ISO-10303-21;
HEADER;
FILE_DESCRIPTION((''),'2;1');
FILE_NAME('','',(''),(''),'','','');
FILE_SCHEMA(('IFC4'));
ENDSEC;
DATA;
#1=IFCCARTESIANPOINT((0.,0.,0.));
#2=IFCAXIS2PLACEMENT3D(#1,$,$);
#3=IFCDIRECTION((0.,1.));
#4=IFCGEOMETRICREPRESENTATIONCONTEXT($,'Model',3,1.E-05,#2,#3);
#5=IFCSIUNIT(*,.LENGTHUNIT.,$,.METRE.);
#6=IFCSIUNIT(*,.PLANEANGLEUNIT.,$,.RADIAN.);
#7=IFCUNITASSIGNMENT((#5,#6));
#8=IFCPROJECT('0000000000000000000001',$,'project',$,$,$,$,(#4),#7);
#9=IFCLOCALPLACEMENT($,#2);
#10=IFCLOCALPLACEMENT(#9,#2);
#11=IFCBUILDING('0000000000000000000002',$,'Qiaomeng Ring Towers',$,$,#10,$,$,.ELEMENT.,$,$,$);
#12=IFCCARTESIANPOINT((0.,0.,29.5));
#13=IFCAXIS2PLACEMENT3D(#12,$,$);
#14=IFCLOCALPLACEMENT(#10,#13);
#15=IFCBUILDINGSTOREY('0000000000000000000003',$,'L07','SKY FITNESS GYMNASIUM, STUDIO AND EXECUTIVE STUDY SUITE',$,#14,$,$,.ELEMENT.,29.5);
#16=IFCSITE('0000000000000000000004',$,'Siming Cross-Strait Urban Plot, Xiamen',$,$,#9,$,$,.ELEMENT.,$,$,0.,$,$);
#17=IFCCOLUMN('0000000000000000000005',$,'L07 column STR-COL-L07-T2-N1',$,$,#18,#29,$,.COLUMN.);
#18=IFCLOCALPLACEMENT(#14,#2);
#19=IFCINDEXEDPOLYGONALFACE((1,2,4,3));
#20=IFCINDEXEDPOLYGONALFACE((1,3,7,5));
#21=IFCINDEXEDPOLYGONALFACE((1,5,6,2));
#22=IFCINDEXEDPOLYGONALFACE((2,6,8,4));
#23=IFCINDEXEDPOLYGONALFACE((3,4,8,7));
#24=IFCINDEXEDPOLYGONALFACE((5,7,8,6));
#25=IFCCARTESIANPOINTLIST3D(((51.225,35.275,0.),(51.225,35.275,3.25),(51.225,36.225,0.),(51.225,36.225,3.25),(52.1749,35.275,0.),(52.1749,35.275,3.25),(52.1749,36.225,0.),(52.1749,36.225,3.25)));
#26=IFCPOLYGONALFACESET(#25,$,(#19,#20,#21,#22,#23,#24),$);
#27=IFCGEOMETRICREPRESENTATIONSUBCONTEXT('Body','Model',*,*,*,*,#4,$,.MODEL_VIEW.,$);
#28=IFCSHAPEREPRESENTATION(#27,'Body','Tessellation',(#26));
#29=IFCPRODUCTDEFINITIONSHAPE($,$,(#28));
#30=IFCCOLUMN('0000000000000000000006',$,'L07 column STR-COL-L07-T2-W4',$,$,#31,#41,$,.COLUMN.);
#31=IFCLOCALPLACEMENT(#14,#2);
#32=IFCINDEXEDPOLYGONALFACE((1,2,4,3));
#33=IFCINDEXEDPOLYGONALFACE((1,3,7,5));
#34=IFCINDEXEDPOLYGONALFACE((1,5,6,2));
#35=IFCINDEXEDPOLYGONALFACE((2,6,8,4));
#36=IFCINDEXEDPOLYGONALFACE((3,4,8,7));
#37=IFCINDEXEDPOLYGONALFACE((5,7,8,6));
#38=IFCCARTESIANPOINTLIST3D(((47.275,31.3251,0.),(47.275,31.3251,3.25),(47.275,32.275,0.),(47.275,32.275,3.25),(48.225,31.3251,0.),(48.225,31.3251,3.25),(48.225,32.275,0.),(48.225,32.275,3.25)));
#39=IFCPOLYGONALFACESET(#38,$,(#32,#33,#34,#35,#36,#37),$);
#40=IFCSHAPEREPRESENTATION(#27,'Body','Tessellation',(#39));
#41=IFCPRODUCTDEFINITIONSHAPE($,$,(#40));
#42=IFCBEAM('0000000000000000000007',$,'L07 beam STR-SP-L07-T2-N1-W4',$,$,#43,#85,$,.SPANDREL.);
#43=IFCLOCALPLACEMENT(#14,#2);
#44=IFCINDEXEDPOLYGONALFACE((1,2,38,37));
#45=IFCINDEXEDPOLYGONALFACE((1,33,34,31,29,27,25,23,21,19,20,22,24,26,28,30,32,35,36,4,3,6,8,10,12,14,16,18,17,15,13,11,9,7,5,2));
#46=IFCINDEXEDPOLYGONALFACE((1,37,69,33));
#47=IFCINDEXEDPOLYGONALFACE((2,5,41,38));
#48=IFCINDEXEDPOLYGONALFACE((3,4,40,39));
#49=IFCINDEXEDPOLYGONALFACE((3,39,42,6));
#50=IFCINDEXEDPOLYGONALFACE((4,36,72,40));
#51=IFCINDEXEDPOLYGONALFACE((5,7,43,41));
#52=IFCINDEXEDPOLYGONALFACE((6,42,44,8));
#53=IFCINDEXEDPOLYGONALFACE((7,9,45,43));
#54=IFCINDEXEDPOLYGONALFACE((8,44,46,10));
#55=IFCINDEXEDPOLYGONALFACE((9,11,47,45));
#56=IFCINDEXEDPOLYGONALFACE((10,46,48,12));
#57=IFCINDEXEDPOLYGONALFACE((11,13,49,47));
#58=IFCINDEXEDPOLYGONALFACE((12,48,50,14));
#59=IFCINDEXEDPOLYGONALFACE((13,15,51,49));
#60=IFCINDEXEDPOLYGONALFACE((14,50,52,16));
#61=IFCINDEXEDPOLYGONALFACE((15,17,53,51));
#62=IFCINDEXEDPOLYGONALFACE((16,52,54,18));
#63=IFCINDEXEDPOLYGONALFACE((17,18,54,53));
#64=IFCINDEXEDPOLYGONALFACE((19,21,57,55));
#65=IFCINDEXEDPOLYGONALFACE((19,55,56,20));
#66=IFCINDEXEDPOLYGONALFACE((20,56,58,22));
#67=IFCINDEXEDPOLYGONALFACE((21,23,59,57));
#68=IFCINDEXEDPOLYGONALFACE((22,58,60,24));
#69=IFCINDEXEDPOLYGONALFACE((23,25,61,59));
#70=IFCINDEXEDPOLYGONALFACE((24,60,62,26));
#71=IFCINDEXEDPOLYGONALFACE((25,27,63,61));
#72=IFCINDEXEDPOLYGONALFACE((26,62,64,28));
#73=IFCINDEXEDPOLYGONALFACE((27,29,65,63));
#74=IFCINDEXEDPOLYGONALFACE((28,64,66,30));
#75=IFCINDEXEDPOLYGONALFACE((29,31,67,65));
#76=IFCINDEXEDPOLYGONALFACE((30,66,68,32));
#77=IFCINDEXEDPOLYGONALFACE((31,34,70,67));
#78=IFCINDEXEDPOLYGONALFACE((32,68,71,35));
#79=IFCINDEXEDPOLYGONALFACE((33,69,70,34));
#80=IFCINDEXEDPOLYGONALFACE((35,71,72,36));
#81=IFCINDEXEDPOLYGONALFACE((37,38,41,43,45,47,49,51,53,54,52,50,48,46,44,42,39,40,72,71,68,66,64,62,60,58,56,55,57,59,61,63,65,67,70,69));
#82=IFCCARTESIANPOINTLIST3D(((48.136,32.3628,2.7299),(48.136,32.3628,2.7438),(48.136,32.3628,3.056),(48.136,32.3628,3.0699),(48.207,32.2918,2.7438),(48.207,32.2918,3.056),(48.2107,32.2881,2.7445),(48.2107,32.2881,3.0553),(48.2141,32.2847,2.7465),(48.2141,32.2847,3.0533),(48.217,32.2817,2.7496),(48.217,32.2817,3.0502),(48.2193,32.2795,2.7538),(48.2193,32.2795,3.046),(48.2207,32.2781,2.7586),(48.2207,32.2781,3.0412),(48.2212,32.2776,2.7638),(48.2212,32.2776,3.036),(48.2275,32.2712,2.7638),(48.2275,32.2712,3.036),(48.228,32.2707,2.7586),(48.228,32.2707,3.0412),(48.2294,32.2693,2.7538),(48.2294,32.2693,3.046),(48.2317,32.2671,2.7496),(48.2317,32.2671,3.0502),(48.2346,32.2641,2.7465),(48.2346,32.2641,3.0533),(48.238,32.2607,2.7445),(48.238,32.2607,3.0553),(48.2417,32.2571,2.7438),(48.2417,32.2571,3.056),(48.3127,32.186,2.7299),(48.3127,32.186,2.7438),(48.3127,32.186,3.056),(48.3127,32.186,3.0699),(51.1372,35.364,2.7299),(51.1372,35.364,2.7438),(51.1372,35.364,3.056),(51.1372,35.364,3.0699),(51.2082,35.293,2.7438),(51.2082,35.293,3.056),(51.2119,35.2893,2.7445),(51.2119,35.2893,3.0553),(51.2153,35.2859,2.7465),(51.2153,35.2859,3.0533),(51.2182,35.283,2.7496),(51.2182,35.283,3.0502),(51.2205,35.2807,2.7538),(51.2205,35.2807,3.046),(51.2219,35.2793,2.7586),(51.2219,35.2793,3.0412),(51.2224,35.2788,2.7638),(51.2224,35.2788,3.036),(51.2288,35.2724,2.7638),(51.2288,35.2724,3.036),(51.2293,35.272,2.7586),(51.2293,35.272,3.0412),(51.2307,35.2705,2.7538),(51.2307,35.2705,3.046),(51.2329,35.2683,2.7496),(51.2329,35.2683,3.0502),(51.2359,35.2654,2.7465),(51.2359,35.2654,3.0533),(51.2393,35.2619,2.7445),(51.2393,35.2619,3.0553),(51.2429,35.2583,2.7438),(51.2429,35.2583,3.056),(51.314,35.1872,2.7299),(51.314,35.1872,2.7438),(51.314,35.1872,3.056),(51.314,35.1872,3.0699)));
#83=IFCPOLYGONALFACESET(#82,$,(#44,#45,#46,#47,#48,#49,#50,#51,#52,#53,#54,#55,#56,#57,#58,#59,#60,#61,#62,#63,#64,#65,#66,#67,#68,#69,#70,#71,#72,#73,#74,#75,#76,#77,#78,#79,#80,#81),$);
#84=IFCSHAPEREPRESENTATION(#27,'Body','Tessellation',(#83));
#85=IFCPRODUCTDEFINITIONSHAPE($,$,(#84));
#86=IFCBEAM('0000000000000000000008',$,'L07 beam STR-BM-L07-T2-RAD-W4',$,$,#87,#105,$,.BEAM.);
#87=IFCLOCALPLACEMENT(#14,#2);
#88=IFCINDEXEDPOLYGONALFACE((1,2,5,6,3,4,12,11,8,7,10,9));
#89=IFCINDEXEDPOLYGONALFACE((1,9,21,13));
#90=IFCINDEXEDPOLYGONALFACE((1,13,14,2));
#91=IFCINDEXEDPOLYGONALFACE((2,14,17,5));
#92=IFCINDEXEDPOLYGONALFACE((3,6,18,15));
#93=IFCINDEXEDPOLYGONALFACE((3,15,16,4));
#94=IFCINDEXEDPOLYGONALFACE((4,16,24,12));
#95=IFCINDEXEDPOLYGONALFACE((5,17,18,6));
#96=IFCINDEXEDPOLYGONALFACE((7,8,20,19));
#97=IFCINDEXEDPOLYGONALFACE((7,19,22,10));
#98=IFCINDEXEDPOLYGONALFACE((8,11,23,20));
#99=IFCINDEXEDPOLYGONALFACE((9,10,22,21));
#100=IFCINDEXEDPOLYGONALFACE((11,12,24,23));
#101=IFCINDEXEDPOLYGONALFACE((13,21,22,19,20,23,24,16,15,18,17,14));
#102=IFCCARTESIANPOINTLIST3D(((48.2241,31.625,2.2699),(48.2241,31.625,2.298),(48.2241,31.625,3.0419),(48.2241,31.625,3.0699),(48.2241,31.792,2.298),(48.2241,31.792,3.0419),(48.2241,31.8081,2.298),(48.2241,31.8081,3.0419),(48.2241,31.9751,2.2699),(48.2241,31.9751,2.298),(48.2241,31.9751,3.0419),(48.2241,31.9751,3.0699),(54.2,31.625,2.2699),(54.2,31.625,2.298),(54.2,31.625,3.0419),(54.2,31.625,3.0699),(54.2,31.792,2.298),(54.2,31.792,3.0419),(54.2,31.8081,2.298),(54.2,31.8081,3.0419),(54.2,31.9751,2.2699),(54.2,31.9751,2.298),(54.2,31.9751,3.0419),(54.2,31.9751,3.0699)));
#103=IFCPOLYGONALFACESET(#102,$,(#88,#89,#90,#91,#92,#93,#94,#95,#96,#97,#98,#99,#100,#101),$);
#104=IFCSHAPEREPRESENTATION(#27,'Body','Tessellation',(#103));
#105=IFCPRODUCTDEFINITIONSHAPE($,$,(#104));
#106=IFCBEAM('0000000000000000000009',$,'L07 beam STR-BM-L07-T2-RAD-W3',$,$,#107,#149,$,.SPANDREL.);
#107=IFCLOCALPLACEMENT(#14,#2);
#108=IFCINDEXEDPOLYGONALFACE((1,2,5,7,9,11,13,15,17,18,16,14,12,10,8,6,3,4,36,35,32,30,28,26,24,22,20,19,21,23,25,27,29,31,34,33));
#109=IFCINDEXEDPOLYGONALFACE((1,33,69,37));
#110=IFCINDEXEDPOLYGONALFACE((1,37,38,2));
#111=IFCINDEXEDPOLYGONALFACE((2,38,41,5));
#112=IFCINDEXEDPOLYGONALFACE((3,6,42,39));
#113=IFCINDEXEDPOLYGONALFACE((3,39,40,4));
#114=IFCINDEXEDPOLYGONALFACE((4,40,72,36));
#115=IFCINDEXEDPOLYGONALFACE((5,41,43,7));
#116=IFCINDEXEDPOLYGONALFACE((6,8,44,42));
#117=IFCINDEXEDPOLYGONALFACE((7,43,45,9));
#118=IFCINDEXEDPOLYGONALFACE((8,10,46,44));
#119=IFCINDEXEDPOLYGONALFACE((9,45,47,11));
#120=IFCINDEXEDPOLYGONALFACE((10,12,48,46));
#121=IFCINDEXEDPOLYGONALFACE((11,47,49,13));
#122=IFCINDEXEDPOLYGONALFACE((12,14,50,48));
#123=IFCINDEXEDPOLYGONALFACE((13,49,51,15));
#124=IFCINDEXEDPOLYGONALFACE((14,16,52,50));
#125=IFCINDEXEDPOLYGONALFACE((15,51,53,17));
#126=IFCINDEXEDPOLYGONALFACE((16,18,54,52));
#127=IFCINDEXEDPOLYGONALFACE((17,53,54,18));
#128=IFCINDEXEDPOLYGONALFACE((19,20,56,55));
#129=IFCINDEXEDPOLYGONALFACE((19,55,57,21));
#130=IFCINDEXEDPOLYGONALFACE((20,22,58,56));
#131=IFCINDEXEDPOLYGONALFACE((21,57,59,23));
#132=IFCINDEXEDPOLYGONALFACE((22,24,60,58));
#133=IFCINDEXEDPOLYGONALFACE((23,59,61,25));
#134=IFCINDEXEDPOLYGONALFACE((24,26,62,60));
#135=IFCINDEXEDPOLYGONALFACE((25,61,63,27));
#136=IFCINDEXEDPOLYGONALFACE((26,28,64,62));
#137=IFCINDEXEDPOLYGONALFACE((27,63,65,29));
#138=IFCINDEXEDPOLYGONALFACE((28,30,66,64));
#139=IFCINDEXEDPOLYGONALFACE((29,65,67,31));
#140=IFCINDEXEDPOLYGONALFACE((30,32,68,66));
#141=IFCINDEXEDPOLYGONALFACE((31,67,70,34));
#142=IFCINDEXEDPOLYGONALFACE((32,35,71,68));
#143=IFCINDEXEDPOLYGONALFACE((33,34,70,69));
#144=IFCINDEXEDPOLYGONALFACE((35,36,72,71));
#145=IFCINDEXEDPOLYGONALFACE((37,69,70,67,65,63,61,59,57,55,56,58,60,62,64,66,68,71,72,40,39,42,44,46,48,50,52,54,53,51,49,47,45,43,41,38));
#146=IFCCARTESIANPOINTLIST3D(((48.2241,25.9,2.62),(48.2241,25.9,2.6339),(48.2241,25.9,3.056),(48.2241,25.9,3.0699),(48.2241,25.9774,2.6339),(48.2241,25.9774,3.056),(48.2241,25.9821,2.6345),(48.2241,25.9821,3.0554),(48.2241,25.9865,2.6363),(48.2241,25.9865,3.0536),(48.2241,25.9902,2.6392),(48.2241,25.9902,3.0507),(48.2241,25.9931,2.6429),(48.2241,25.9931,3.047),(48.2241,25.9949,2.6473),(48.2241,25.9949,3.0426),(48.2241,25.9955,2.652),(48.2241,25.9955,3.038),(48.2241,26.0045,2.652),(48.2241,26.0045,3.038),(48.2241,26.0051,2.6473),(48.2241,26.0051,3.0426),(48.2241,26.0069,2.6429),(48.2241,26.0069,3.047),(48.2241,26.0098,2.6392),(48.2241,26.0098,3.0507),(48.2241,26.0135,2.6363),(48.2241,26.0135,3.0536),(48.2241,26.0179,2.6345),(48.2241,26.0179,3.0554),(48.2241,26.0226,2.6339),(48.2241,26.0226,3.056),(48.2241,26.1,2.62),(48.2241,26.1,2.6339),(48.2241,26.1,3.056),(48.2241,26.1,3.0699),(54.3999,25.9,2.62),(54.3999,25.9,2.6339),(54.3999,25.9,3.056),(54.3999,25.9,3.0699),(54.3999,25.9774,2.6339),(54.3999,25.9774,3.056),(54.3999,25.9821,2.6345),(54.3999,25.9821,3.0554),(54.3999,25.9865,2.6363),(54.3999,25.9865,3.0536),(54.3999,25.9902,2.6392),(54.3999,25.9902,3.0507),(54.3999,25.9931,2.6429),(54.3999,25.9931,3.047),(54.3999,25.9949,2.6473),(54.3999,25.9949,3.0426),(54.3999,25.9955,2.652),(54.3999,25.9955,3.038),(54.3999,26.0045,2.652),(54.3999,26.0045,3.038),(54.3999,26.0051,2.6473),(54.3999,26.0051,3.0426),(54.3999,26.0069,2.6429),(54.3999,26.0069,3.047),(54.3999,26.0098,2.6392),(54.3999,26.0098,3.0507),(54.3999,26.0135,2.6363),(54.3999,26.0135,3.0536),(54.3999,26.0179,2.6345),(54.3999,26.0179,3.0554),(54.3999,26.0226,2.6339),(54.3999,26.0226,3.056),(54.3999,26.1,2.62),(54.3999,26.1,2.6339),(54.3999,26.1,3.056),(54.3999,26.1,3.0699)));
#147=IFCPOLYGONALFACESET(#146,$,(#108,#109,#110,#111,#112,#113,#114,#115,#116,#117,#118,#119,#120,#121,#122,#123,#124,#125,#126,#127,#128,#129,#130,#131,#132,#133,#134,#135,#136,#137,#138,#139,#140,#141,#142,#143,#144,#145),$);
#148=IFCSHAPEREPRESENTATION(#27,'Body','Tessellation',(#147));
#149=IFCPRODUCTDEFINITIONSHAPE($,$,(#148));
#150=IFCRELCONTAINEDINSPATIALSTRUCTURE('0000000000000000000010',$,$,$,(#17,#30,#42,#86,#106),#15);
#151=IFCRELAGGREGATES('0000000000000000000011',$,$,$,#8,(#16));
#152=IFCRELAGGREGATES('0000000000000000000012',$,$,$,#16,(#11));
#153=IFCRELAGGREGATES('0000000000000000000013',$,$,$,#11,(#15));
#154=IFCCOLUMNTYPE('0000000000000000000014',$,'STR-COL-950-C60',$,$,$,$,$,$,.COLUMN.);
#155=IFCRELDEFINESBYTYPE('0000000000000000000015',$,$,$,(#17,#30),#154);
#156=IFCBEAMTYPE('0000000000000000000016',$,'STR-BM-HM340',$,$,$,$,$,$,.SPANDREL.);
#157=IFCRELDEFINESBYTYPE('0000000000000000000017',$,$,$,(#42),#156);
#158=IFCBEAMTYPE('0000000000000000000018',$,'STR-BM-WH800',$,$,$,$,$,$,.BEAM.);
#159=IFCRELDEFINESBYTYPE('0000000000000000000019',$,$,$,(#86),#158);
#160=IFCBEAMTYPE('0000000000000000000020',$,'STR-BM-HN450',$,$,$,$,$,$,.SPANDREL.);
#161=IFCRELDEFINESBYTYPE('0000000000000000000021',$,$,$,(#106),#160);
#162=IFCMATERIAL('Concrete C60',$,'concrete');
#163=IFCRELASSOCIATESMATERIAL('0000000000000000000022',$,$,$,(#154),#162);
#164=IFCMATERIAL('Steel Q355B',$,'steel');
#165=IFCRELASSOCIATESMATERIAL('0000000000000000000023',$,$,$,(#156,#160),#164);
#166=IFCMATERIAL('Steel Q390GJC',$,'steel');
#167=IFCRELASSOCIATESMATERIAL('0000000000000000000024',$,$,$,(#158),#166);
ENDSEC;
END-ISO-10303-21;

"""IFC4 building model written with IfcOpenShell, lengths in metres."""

from ifc_helpers import new_model, si_unit, direction, frame, origin, origin_2d, place, context, subcontext, project, spatial, rectangle, i_section, extrude, source, transform, mapped, material, material_profile, profile_set, type_object, element, save


model = new_model("IFC4")

# Units and contexts
model_context = context("Model", 3, precision=1e-05, world=origin(), true_north=direction((0.0, 1.0)))
body_context = subcontext(model_context, "Body", "Model", "MODEL_VIEW")
ifc_project = project(units=[si_unit("LENGTHUNIT", "METRE"), si_unit("PLANEANGLEUNIT", "RADIAN")], contexts=[model_context])

# Site, building, storey
site_placement = place(None, origin())
site = spatial("IfcSite", under=ifc_project, at=site_placement, Name="Siming Cross-Strait Urban Plot, Xiamen", CompositionType="ELEMENT", RefElevation=0.0)
building_placement = place(site_placement, origin())
building = spatial("IfcBuilding", under=site, at=building_placement, Name="Qiaomeng Ring Towers", CompositionType="ELEMENT")
storey_placement = place(building_placement, frame((0.0, 0.0, 29.5)))
storey = spatial("IfcBuildingStorey", under=building, at=storey_placement, Name="L07", Description="SKY FITNESS GYMNASIUM, STUDIO AND EXECUTIVE STUDY SUITE", CompositionType="ELEMENT", Elevation=29.5)

# Columns
ifc_material_1 = material(Name="Concrete C60", Category="concrete")
ifc_material_profile_1 = material_profile(ifc_material_1, rectangle(XDim=0.95, YDim=0.95, at=origin_2d()), Name="RC COL 950x950")
ifc_profile_set_1 = profile_set([ifc_material_profile_1], Name="Concrete C60")
column_type = type_object("IfcColumnType", Name="STR-COL-950-C60", PredefinedType="COLUMN", material=ifc_profile_set_1)
shared_shape_1 = source(origin(), body_context, "Body", "SweptSolid", [
    extrude(rectangle(XDim=0.95, YDim=0.95, at=origin_2d()), origin(), (0.0, 0.0, 1.0), 3.25),
])
for number, where, z_axis, x_axis, name in (
    (1, (51.7, 35.75, 0.0), (0.0, 0.0, 1.0), (1.0, 0.0, 0.0), "L07 column STR-COL-L07-T2-N1"),
    (2, (47.75, 31.8, 0.0), (0.0, 0.0, 1.0), (1.0, 0.0, 0.0), "L07 column STR-COL-L07-T2-W4"),
):
    element("IfcColumn", number, at=place(storey_placement, frame(where, z_axis=z_axis, x_axis=x_axis)), inside=storey, type_object=column_type, Name=name, PredefinedType="COLUMN", context=body_context, shape_type="MappedRepresentation", body=[
        mapped(shared_shape_1, transform((0.0, 0.0, 0.0), x_axis=(1.0, 0.0, 0.0), y_axis=(0.0, 1.0, 0.0), z_axis=(0.0, 0.0, 1.0), scale=1.0)),
    ])

# Beams
ifc_material_2 = material(Name="Steel Q355B", Category="steel")
ifc_material_profile_2 = material_profile(ifc_material_2, i_section(OverallWidth=0.25, OverallDepth=0.3401, WebThickness=0.009, FlangeThickness=0.0139, FilletRadius=0.02, at=origin_2d()), Name="HM 340x250x9x14")
ifc_profile_set_2 = profile_set([ifc_material_profile_2], Name="Steel Q355B")
beam_type_1 = type_object("IfcBeamType", Name="STR-BM-HM340", PredefinedType="SPANDREL", material=ifc_profile_set_2)
shared_shape_2 = source(origin(), body_context, "Body", "SweptSolid", [
    extrude(i_section(OverallWidth=0.25, OverallDepth=0.3401, WebThickness=0.009, FlangeThickness=0.0139, FilletRadius=0.02, at=origin_2d()), origin(), (0.0, 0.0, 1.0), 4.2444),
])
beam_1_placement = place(storey_placement, frame((51.2256, 35.2756, 2.8999), z_axis=(-0.707107, -0.707107, 0.0), x_axis=(0.707107, -0.707107, 0.0)))
element("IfcBeam", 3, at=beam_1_placement, inside=storey, type_object=beam_type_1, Name="L07 beam STR-SP-L07-T2-N1-W4", PredefinedType="SPANDREL", context=body_context, shape_type="MappedRepresentation", body=[
    mapped(shared_shape_2, transform((0.0, 0.0, 0.0), x_axis=(1.0, 0.0, 0.0), y_axis=(0.0, 1.0, 0.0), z_axis=(0.0, 0.0, 1.0), scale=1.0)),
])
ifc_material_3 = material(Name="Steel Q390GJC", Category="steel")
ifc_material_profile_3 = material_profile(ifc_material_3, i_section(OverallWidth=0.3501, OverallDepth=0.8, WebThickness=0.0161, FlangeThickness=0.0281, at=origin_2d()), Name="WH 800x350x16x28")
ifc_profile_set_3 = profile_set([ifc_material_profile_3], Name="Steel Q390GJC")
beam_type_2 = type_object("IfcBeamType", Name="STR-BM-WH800", PredefinedType="BEAM", material=ifc_profile_set_3)
shared_shape_3 = source(origin(), body_context, "Body", "SweptSolid", [
    extrude(i_section(OverallWidth=0.3501, OverallDepth=0.8, WebThickness=0.0161, FlangeThickness=0.0281, at=origin_2d()), origin(), (0.0, 0.0, 1.0), 5.9758),
])
beam_2_placement = place(storey_placement, frame((48.2241, 31.8, 2.6699), z_axis=(1.0, 0.0, 0.0), x_axis=(0.0, 1.0, 0.0)))
element("IfcBeam", 4, at=beam_2_placement, inside=storey, type_object=beam_type_2, Name="L07 beam STR-BM-L07-T2-RAD-W4", PredefinedType="BEAM", context=body_context, shape_type="MappedRepresentation", body=[
    mapped(shared_shape_3, transform((0.0, 0.0, 0.0), x_axis=(1.0, 0.0, 0.0), y_axis=(0.0, 1.0, 0.0), z_axis=(0.0, 0.0, 1.0), scale=1.0)),
])
ifc_material_profile_4 = material_profile(ifc_material_2, i_section(OverallWidth=0.2, OverallDepth=0.45, WebThickness=0.009, FlangeThickness=0.0139, FilletRadius=0.0181, at=origin_2d()), Name="HN 450x200x9x14")
ifc_profile_set_4 = profile_set([ifc_material_profile_4], Name="Steel Q355B")
beam_type_3 = type_object("IfcBeamType", Name="STR-BM-HN450", PredefinedType="SPANDREL", material=ifc_profile_set_4)
shared_shape_4 = source(origin(), body_context, "Body", "SweptSolid", [
    extrude(i_section(OverallWidth=0.2, OverallDepth=0.45, WebThickness=0.009, FlangeThickness=0.0139, FilletRadius=0.0181, at=origin_2d()), origin(), (0.0, 0.0, 1.0), 6.1758),
])
beam_3_placement = place(storey_placement, frame((48.2241, 26.0, 2.845), z_axis=(1.0, 0.0, 0.0), x_axis=(0.0, 1.0, 0.0)))
element("IfcBeam", 5, at=beam_3_placement, inside=storey, type_object=beam_type_3, Name="L07 beam STR-BM-L07-T2-RAD-W3", PredefinedType="SPANDREL", context=body_context, shape_type="MappedRepresentation", body=[
    mapped(shared_shape_4, transform((0.0, 0.0, 0.0), x_axis=(1.0, 0.0, 0.0), y_axis=(0.0, 1.0, 0.0), z_axis=(0.0, 0.0, 1.0), scale=1.0)),
])

save(model, "model.ifc")
